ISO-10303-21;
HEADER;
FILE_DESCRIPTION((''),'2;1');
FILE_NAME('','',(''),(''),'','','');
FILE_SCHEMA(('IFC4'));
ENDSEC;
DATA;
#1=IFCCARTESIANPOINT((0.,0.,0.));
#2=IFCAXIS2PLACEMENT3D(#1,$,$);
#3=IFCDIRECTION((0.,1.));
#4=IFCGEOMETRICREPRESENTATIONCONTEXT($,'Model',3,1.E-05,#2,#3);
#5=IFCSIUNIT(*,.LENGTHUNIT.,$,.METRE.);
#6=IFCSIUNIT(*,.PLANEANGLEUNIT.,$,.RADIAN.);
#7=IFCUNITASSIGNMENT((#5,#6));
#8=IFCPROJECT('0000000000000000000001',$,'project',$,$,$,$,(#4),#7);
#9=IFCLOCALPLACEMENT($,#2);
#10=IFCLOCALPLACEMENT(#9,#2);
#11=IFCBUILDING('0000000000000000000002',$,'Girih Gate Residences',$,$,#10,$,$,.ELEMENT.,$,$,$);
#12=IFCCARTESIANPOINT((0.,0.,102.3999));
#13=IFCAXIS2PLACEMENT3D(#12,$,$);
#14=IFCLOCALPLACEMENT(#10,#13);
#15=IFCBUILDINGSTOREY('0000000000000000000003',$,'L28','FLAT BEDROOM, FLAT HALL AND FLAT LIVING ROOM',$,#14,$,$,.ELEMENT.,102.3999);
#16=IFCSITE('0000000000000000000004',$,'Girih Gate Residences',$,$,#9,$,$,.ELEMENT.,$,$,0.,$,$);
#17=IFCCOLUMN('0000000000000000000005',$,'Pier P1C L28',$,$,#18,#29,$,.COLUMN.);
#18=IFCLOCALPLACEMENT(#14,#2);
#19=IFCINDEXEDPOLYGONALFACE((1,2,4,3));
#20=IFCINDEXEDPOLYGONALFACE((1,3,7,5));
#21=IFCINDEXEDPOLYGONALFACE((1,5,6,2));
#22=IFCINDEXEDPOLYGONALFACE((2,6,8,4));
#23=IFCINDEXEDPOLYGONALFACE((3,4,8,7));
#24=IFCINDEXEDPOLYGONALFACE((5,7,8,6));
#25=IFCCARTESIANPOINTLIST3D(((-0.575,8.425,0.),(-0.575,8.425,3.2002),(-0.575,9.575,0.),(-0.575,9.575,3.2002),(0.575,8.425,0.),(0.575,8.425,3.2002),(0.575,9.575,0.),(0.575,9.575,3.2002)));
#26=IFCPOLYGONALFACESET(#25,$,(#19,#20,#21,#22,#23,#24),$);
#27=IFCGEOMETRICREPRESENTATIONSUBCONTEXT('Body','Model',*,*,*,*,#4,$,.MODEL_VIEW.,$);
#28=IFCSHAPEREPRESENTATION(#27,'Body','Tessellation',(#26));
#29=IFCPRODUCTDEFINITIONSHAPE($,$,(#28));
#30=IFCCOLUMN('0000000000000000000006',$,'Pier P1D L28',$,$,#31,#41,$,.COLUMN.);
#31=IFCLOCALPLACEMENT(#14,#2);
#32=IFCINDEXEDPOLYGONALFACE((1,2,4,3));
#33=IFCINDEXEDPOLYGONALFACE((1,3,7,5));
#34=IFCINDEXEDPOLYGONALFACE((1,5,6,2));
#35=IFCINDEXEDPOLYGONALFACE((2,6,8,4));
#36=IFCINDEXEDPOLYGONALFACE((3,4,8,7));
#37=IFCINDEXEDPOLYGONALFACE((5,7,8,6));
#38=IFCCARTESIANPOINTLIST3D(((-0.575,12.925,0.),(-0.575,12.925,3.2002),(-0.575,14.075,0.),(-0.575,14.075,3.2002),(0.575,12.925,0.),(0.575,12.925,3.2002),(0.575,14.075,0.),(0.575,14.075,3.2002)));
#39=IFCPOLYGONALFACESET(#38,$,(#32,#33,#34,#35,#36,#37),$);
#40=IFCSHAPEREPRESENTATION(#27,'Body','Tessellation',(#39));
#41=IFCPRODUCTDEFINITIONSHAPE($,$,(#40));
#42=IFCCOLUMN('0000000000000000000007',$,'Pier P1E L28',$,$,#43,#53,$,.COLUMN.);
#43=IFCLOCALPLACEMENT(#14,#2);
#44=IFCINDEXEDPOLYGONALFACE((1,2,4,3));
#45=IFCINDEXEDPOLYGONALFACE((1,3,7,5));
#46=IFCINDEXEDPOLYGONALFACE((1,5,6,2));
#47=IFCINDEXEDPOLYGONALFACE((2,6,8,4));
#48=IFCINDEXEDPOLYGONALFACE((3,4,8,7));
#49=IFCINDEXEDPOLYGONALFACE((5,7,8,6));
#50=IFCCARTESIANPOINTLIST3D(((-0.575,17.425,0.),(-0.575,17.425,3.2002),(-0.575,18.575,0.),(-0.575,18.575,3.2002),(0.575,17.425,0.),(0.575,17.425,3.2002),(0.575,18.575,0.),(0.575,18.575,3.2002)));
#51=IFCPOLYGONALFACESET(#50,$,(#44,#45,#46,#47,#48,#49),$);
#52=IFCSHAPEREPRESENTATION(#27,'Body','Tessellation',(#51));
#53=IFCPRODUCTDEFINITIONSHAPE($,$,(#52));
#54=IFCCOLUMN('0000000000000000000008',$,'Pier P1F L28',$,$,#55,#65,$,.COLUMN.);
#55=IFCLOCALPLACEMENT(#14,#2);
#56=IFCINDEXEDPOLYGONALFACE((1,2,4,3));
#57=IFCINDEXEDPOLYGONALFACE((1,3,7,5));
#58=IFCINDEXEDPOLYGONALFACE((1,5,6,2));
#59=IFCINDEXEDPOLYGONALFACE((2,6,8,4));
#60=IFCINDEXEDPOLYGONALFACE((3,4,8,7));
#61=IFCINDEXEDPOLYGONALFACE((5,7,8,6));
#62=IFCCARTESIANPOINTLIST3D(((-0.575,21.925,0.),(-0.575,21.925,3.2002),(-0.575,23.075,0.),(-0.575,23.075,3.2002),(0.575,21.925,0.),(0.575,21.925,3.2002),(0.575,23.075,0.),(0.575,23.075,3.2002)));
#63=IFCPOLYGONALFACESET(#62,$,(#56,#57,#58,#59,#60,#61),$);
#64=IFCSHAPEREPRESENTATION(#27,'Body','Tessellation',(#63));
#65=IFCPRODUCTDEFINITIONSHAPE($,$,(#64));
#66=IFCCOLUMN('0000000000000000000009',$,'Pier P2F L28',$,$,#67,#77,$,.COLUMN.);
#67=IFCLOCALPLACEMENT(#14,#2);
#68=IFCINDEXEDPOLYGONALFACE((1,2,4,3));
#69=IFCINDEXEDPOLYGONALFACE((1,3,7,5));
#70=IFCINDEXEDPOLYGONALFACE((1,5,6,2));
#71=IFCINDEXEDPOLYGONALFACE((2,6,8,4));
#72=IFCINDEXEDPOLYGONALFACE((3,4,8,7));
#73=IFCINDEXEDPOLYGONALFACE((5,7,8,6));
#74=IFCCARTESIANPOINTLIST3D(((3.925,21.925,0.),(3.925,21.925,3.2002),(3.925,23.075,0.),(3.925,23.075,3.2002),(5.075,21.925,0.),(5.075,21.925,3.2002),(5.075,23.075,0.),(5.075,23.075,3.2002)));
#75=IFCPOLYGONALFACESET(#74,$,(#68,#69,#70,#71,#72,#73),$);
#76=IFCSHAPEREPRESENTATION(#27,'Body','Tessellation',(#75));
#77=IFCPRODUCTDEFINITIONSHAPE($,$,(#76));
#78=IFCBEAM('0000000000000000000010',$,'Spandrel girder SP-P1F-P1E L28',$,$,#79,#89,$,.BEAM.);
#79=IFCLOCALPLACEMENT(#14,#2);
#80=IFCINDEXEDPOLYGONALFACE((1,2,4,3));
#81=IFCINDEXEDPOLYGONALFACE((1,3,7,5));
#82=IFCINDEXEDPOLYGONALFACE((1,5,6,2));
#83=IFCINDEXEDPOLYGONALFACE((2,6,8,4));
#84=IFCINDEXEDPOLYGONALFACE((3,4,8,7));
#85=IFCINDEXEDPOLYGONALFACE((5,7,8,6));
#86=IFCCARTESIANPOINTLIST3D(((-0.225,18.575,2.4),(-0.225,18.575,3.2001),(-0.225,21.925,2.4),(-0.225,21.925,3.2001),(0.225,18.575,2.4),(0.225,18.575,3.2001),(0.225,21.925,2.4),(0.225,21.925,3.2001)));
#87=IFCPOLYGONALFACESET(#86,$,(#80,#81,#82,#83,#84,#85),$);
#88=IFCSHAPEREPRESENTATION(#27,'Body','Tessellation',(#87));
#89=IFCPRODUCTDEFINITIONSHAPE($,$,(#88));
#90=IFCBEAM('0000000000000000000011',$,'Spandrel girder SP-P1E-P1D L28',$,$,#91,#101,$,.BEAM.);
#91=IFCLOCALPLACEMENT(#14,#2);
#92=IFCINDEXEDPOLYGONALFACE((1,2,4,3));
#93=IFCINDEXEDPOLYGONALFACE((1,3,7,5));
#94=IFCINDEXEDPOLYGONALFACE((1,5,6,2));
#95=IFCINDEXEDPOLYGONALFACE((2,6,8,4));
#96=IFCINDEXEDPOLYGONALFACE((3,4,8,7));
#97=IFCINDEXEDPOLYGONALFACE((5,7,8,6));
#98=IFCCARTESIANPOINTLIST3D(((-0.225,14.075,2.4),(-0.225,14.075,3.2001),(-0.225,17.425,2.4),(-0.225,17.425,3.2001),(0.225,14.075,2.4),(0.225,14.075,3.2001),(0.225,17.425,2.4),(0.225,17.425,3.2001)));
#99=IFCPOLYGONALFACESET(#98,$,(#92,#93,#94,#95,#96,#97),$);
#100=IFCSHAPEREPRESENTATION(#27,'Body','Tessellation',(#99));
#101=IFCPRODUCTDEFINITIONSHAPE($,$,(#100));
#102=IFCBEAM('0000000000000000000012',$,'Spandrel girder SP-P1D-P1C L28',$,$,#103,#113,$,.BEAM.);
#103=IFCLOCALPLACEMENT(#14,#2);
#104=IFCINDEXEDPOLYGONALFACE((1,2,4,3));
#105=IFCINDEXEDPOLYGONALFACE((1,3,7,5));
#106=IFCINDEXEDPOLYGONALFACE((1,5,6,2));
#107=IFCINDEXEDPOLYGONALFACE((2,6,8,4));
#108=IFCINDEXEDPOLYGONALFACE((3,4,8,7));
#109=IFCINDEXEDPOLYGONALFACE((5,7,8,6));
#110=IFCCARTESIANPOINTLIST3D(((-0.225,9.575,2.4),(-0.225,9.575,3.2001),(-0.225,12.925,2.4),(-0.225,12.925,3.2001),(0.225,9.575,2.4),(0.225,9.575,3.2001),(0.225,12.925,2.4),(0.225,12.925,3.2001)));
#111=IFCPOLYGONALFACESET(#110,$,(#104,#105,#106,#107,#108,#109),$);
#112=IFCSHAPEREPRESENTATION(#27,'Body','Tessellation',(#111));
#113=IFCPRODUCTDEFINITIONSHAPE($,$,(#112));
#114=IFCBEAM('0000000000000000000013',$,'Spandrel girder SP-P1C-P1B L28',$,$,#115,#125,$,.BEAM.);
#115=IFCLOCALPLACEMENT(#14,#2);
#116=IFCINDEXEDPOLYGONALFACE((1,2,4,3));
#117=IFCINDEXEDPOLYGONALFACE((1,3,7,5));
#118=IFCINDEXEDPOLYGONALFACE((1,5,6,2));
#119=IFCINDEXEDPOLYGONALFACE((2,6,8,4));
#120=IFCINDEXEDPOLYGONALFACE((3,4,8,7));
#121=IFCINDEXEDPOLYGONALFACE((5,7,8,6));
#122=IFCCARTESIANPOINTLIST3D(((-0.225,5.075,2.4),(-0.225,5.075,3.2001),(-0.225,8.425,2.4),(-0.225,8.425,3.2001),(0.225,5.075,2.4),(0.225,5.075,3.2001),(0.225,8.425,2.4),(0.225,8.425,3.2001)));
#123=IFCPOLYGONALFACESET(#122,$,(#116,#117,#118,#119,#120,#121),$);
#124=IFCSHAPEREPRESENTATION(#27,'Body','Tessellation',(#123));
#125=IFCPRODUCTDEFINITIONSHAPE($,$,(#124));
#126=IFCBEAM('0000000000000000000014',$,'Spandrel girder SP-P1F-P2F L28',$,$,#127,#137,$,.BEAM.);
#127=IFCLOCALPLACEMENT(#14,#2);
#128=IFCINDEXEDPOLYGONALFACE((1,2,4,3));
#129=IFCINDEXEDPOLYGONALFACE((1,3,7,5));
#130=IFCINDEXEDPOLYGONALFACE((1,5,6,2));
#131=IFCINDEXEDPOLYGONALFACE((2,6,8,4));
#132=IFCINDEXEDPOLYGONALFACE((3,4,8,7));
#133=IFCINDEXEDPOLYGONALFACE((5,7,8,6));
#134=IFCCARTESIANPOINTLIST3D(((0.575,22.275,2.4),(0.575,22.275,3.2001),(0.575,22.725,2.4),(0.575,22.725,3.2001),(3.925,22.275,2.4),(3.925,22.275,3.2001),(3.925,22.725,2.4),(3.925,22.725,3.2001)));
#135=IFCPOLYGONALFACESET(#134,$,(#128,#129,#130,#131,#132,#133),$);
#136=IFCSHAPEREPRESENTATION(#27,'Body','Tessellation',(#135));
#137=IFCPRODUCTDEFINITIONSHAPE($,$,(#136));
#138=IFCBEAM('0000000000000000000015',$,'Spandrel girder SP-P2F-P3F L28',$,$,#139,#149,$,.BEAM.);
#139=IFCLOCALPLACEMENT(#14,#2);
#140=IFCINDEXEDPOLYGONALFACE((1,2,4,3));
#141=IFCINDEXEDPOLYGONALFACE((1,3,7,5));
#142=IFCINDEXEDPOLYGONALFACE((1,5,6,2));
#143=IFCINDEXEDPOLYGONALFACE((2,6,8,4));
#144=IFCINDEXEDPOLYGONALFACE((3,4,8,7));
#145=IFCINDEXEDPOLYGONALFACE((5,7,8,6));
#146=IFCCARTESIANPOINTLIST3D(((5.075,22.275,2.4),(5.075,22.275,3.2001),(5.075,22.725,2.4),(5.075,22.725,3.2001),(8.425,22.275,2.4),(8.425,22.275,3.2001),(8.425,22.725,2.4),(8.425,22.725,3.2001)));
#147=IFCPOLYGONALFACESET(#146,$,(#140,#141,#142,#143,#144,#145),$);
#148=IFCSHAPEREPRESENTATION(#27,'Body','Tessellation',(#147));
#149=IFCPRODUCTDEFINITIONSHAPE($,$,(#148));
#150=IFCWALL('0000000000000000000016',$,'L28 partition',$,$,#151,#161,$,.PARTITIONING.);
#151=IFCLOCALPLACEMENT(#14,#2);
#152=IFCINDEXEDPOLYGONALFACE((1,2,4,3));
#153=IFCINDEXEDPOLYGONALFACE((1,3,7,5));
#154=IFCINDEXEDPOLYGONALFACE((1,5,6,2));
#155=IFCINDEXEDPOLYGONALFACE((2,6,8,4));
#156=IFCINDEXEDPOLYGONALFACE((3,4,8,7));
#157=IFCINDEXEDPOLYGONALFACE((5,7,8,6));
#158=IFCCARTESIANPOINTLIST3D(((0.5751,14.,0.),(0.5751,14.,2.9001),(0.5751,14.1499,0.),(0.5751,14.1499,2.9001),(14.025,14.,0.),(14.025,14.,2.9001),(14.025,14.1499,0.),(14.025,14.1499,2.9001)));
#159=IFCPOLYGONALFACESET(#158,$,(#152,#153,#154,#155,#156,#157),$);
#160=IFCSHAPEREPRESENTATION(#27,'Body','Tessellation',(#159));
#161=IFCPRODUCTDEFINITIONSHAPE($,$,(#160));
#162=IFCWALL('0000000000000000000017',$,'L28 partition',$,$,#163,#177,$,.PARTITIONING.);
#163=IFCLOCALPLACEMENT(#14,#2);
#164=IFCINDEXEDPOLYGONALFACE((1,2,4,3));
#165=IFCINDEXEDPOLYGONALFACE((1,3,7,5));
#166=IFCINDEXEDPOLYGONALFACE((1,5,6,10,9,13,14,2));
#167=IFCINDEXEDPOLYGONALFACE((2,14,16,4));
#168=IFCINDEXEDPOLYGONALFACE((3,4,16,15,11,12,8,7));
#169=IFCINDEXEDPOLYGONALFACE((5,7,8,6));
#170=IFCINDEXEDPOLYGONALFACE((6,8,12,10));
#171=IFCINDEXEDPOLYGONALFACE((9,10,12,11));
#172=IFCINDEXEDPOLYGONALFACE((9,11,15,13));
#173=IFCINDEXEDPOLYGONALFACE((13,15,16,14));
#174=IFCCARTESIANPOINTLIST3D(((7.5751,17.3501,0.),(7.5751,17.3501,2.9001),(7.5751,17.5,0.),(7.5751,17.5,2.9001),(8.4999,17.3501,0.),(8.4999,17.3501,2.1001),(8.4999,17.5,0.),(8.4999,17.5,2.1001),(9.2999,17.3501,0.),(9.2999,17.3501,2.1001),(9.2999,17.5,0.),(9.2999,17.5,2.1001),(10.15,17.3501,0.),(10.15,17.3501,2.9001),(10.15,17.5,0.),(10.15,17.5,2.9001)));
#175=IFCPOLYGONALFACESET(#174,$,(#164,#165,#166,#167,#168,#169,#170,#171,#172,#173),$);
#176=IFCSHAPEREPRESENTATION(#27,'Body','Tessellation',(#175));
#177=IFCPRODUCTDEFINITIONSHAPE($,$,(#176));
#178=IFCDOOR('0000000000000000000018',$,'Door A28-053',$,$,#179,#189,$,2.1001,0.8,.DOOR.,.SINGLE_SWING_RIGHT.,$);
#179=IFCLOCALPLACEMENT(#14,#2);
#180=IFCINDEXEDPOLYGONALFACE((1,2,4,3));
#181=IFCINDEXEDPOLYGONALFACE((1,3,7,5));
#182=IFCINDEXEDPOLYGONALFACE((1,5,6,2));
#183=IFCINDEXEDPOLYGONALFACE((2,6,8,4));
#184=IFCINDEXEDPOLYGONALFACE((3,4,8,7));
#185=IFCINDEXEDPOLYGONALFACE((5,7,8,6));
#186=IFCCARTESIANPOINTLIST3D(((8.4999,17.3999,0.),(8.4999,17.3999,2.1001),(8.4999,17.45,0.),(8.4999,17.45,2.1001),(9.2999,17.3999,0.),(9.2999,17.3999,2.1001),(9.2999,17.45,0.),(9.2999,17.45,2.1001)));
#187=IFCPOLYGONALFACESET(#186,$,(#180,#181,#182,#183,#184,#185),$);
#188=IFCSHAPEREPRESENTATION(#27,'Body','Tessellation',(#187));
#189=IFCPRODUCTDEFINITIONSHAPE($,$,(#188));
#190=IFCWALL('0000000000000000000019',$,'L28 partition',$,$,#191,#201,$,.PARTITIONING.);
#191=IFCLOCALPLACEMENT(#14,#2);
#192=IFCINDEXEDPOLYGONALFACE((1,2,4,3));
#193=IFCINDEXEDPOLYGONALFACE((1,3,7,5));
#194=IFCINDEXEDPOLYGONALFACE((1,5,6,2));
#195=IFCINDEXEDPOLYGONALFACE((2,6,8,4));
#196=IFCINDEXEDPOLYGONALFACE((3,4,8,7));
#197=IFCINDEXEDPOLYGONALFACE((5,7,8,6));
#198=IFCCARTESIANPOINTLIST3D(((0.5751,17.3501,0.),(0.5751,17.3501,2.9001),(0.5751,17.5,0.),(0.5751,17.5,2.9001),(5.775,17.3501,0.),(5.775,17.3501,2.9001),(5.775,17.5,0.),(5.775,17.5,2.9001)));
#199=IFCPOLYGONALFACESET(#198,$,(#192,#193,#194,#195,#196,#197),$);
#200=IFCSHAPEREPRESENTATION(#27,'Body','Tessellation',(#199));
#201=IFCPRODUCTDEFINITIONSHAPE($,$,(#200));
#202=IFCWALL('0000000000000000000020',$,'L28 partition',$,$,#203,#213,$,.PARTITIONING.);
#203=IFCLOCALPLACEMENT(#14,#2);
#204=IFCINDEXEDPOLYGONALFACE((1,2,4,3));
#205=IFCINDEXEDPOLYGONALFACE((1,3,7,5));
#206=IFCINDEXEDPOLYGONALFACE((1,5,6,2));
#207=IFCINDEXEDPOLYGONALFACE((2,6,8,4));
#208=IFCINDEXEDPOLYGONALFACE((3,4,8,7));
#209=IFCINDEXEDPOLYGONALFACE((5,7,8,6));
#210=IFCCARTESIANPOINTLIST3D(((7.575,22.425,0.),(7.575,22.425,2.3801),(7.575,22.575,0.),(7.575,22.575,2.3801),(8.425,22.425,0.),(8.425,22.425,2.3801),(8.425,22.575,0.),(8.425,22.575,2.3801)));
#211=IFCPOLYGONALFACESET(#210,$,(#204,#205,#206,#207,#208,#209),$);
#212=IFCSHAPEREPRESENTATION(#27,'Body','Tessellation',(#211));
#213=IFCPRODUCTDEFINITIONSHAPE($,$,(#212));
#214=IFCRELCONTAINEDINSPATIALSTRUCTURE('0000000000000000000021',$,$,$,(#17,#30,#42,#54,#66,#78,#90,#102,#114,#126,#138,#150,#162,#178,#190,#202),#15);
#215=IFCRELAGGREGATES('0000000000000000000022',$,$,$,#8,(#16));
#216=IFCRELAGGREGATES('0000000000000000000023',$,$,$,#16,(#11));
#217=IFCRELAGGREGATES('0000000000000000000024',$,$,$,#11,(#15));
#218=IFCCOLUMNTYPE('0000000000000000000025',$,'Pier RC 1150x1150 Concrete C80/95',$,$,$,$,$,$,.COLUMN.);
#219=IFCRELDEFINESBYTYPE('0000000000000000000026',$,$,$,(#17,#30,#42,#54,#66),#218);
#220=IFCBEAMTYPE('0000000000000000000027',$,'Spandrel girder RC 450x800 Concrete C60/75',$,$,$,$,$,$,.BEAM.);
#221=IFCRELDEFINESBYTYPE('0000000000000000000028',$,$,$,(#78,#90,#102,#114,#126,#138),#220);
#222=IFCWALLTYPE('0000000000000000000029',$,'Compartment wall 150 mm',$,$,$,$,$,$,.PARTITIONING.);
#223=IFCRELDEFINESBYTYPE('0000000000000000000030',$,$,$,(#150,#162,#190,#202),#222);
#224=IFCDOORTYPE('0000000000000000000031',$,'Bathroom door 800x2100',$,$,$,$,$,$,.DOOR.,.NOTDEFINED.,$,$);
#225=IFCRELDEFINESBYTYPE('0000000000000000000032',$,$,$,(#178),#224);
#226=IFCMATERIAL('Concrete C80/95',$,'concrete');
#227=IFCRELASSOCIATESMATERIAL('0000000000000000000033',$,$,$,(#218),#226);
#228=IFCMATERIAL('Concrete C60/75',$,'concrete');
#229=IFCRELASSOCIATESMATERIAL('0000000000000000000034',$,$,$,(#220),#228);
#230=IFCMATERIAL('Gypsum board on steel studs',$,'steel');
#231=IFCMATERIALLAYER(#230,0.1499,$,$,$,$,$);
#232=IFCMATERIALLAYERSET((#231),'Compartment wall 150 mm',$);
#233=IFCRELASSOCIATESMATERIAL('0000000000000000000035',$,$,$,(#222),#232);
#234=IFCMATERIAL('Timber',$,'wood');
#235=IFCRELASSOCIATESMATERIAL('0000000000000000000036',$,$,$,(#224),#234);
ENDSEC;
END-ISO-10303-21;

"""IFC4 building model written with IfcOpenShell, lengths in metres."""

from ifc_helpers import new_model, si_unit, direction, frame, frame_2d, origin, origin_2d, place, context, subcontext, project, spatial, rectangle, extrude, material, layer, layer_set, material_profile, profile_set, type_object, element, fill, save


model = new_model("IFC4")

# Units and contexts
model_context = context("Model", 3, precision=1e-05, world=origin(), true_north=direction((0.0, 1.0)))
body_context = subcontext(model_context, "Body", "Model", "MODEL_VIEW")
ifc_project = project(units=[si_unit("LENGTHUNIT", "METRE"), si_unit("PLANEANGLEUNIT", "RADIAN")], contexts=[model_context])

# Site, building, storey
site_placement = place(None, origin())
site = spatial("IfcSite", under=ifc_project, at=site_placement, Name="Girih Gate Residences", CompositionType="ELEMENT", RefElevation=0.0)
building_placement = place(site_placement, origin())
building = spatial("IfcBuilding", under=site, at=building_placement, Name="Girih Gate Residences", CompositionType="ELEMENT")
storey_placement = place(building_placement, frame((0.0, 0.0, 102.3999)))
storey = spatial("IfcBuildingStorey", under=building, at=storey_placement, Name="L28", Description="FLAT BEDROOM, FLAT HALL AND FLAT LIVING ROOM", CompositionType="ELEMENT", Elevation=102.3999)

# Columns
ifc_material_1 = material(Name="Concrete C80/95", Category="concrete")
ifc_material_profile_1 = material_profile(ifc_material_1, rectangle(XDim=1.1499, YDim=1.1499, at=origin_2d()))
ifc_profile_set_1 = profile_set([ifc_material_profile_1], Name="Concrete C80/95")
column_type = type_object("IfcColumnType", Name="Pier RC 1150x1150 Concrete C80/95", PredefinedType="COLUMN", material=ifc_profile_set_1)
for number, where, z_axis, x_axis, name in (
    (1, (0.0, 9.0, 0.0), (0.0, 0.0, 1.0), (1.0, 0.0, 0.0), "Pier P1C L28"),
    (2, (0.0, 13.5, 0.0), (0.0, 0.0, 1.0), (1.0, 0.0, 0.0), "Pier P1D L28"),
    (3, (0.0, 18.0, 0.0), (0.0, 0.0, 1.0), (1.0, 0.0, 0.0), "Pier P1E L28"),
    (4, (0.0, 22.5, 0.0), (0.0, 0.0, 1.0), (1.0, 0.0, 0.0), "Pier P1F L28"),
    (5, (4.5, 22.5, 0.0), (0.0, 0.0, 1.0), (1.0, 0.0, 0.0), "Pier P2F L28"),
):
    element("IfcColumn", number, at=place(storey_placement, frame(where, z_axis=z_axis, x_axis=x_axis)), inside=storey, type_object=column_type, Name=name, PredefinedType="COLUMN", context=body_context, shape_type="SweptSolid", body=[
        extrude(rectangle(XDim=1.1499, YDim=1.1499, at=origin_2d()), origin(), (0.0, 0.0, 1.0), 3.2002),
    ])

# Beams
ifc_material_2 = material(Name="Concrete C60/75", Category="concrete")
ifc_material_profile_2 = material_profile(ifc_material_2, rectangle(XDim=0.45, YDim=0.8, at=origin_2d()))
ifc_profile_set_2 = profile_set([ifc_material_profile_2], Name="Concrete C60/75")
beam_type = type_object("IfcBeamType", Name="Spandrel girder RC 450x800 Concrete C60/75", PredefinedType="BEAM", material=ifc_profile_set_2)
for number, where, z_axis, x_axis, name in (
    (6, (0.0, 21.925, 2.8), (0.0, -1.0, 0.0), (1.0, 0.0, 0.0), "Spandrel girder SP-P1F-P1E L28"),
    (7, (0.0, 17.425, 2.8), (0.0, -1.0, 0.0), (1.0, 0.0, 0.0), "Spandrel girder SP-P1E-P1D L28"),
    (8, (0.0, 12.925, 2.8), (0.0, -1.0, 0.0), (1.0, 0.0, 0.0), "Spandrel girder SP-P1D-P1C L28"),
    (9, (0.0, 8.425, 2.8), (0.0, -1.0, 0.0), (1.0, 0.0, 0.0), "Spandrel girder SP-P1C-P1B L28"),
    (10, (0.575, 22.5, 2.8), (1.0, 0.0, 0.0), (0.0, 1.0, 0.0), "Spandrel girder SP-P1F-P2F L28"),
    (11, (5.075, 22.5, 2.8), (1.0, 0.0, 0.0), (0.0, 1.0, 0.0), "Spandrel girder SP-P2F-P3F L28"),
):
    element("IfcBeam", number, at=place(storey_placement, frame(where, z_axis=z_axis, x_axis=x_axis)), inside=storey, type_object=beam_type, Name=name, PredefinedType="BEAM", context=body_context, shape_type="SweptSolid", body=[
        extrude(rectangle(XDim=0.45, YDim=0.8, at=origin_2d()), origin(), (0.0, 0.0, 1.0), 3.3501),
    ])

# Wall
ifc_material_3 = material(Name="Gypsum board on steel studs", Category="steel")
ifc_layer_1 = layer(ifc_material_3, 0.1499)
ifc_layer_set_1 = layer_set([ifc_layer_1], Name="Compartment wall 150 mm")
wall_type_1 = type_object("IfcWallType", Name="Compartment wall 150 mm", PredefinedType="PARTITIONING", material=ifc_layer_set_1)
wall_1_placement = place(storey_placement, frame((0.575, 14.075, 0.0), z_axis=(0.0, 0.0, 1.0), x_axis=(1.0, 0.0, 0.0)))
element("IfcWall", 12, at=wall_1_placement, inside=storey, type_object=wall_type_1, Name="L28 partition", PredefinedType="PARTITIONING", context=body_context, shape_type="SweptSolid", body=[
    extrude(rectangle(XDim=13.45, YDim=0.1499, at=frame_2d((6.7251, 0.0))), origin(), (0.0, 0.0, 1.0), 2.9001),
])

# Wall, opening, door
wall_2_placement = place(storey_placement, frame((7.575, 17.425, 0.0), z_axis=(0.0, 0.0, 1.0), x_axis=(1.0, 0.0, 0.0)))
wall_2 = element("IfcWall", 13, at=wall_2_placement, inside=storey, type_object=wall_type_1, Name="L28 partition", PredefinedType="PARTITIONING", context=body_context, shape_type="SweptSolid", body=[
    extrude(rectangle(XDim=2.575, YDim=0.1499, at=frame_2d((1.2876, 0.0))), origin(), (0.0, 0.0, 1.0), 2.9001),
])
opening_1_placement = place(wall_2_placement, frame((0.925, 0.0, 0.0)))
opening_1 = element("IfcOpeningElement", 14, at=opening_1_placement, cuts=wall_2, PredefinedType="OPENING", context=body_context, shape_type="SweptSolid", body=[
    extrude(rectangle(XDim=0.8, YDim=2.1001, at=frame_2d((0.3999, 1.05))), frame((0.0, 0.085, 0.0), z_axis=(0.0, -1.0, 0.0), x_axis=(1.0, 0.0, 0.0)), (0.0, 0.0, 1.0), 0.1699),
])
ifc_material_4 = material(Name="Timber", Category="wood")
door_type_1 = type_object("IfcDoorType", Name="Bathroom door 800x2100", OperationType="NOTDEFINED", PredefinedType="DOOR", material=ifc_material_4)
door_1_placement = place(opening_1_placement, origin())
door_1 = element("IfcDoor", 15, at=door_1_placement, inside=storey, type_object=door_type_1, Name="Door A28-053", OperationType="SINGLE_SWING_RIGHT", OverallHeight=2.1001, OverallWidth=0.8, PredefinedType="DOOR", context=body_context, shape_type="SweptSolid", body=[
    extrude(rectangle(XDim=0.8, YDim=2.1001, at=frame_2d((0.3999, 1.05))), frame((0.0, 0.0249, 0.0), z_axis=(0.0, -1.0, 0.0), x_axis=(1.0, 0.0, 0.0)), (0.0, 0.0, 1.0), 0.05),
])
fill(opening_1, door_1)

# Walls
wall_3_placement = place(storey_placement, frame((0.575, 17.425, 0.0), z_axis=(0.0, 0.0, 1.0), x_axis=(1.0, 0.0, 0.0)))
element("IfcWall", 16, at=wall_3_placement, inside=storey, type_object=wall_type_1, Name="L28 partition", PredefinedType="PARTITIONING", context=body_context, shape_type="SweptSolid", body=[
    extrude(rectangle(XDim=5.2, YDim=0.1499, at=frame_2d((2.6001, 0.0))), origin(), (0.0, 0.0, 1.0), 2.9001),
])
wall_4_placement = place(storey_placement, frame((7.575, 22.5, 0.0), z_axis=(0.0, 0.0, 1.0), x_axis=(1.0, 0.0, 0.0)))
element("IfcWall", 17, at=wall_4_placement, inside=storey, type_object=wall_type_1, Name="L28 partition", PredefinedType="PARTITIONING", context=body_context, shape_type="SweptSolid", body=[
    extrude(rectangle(XDim=0.8501, YDim=0.1499, at=frame_2d((0.425, 0.0))), origin(), (0.0, 0.0, 1.0), 2.3801),
])

save(model, "model.ifc")
